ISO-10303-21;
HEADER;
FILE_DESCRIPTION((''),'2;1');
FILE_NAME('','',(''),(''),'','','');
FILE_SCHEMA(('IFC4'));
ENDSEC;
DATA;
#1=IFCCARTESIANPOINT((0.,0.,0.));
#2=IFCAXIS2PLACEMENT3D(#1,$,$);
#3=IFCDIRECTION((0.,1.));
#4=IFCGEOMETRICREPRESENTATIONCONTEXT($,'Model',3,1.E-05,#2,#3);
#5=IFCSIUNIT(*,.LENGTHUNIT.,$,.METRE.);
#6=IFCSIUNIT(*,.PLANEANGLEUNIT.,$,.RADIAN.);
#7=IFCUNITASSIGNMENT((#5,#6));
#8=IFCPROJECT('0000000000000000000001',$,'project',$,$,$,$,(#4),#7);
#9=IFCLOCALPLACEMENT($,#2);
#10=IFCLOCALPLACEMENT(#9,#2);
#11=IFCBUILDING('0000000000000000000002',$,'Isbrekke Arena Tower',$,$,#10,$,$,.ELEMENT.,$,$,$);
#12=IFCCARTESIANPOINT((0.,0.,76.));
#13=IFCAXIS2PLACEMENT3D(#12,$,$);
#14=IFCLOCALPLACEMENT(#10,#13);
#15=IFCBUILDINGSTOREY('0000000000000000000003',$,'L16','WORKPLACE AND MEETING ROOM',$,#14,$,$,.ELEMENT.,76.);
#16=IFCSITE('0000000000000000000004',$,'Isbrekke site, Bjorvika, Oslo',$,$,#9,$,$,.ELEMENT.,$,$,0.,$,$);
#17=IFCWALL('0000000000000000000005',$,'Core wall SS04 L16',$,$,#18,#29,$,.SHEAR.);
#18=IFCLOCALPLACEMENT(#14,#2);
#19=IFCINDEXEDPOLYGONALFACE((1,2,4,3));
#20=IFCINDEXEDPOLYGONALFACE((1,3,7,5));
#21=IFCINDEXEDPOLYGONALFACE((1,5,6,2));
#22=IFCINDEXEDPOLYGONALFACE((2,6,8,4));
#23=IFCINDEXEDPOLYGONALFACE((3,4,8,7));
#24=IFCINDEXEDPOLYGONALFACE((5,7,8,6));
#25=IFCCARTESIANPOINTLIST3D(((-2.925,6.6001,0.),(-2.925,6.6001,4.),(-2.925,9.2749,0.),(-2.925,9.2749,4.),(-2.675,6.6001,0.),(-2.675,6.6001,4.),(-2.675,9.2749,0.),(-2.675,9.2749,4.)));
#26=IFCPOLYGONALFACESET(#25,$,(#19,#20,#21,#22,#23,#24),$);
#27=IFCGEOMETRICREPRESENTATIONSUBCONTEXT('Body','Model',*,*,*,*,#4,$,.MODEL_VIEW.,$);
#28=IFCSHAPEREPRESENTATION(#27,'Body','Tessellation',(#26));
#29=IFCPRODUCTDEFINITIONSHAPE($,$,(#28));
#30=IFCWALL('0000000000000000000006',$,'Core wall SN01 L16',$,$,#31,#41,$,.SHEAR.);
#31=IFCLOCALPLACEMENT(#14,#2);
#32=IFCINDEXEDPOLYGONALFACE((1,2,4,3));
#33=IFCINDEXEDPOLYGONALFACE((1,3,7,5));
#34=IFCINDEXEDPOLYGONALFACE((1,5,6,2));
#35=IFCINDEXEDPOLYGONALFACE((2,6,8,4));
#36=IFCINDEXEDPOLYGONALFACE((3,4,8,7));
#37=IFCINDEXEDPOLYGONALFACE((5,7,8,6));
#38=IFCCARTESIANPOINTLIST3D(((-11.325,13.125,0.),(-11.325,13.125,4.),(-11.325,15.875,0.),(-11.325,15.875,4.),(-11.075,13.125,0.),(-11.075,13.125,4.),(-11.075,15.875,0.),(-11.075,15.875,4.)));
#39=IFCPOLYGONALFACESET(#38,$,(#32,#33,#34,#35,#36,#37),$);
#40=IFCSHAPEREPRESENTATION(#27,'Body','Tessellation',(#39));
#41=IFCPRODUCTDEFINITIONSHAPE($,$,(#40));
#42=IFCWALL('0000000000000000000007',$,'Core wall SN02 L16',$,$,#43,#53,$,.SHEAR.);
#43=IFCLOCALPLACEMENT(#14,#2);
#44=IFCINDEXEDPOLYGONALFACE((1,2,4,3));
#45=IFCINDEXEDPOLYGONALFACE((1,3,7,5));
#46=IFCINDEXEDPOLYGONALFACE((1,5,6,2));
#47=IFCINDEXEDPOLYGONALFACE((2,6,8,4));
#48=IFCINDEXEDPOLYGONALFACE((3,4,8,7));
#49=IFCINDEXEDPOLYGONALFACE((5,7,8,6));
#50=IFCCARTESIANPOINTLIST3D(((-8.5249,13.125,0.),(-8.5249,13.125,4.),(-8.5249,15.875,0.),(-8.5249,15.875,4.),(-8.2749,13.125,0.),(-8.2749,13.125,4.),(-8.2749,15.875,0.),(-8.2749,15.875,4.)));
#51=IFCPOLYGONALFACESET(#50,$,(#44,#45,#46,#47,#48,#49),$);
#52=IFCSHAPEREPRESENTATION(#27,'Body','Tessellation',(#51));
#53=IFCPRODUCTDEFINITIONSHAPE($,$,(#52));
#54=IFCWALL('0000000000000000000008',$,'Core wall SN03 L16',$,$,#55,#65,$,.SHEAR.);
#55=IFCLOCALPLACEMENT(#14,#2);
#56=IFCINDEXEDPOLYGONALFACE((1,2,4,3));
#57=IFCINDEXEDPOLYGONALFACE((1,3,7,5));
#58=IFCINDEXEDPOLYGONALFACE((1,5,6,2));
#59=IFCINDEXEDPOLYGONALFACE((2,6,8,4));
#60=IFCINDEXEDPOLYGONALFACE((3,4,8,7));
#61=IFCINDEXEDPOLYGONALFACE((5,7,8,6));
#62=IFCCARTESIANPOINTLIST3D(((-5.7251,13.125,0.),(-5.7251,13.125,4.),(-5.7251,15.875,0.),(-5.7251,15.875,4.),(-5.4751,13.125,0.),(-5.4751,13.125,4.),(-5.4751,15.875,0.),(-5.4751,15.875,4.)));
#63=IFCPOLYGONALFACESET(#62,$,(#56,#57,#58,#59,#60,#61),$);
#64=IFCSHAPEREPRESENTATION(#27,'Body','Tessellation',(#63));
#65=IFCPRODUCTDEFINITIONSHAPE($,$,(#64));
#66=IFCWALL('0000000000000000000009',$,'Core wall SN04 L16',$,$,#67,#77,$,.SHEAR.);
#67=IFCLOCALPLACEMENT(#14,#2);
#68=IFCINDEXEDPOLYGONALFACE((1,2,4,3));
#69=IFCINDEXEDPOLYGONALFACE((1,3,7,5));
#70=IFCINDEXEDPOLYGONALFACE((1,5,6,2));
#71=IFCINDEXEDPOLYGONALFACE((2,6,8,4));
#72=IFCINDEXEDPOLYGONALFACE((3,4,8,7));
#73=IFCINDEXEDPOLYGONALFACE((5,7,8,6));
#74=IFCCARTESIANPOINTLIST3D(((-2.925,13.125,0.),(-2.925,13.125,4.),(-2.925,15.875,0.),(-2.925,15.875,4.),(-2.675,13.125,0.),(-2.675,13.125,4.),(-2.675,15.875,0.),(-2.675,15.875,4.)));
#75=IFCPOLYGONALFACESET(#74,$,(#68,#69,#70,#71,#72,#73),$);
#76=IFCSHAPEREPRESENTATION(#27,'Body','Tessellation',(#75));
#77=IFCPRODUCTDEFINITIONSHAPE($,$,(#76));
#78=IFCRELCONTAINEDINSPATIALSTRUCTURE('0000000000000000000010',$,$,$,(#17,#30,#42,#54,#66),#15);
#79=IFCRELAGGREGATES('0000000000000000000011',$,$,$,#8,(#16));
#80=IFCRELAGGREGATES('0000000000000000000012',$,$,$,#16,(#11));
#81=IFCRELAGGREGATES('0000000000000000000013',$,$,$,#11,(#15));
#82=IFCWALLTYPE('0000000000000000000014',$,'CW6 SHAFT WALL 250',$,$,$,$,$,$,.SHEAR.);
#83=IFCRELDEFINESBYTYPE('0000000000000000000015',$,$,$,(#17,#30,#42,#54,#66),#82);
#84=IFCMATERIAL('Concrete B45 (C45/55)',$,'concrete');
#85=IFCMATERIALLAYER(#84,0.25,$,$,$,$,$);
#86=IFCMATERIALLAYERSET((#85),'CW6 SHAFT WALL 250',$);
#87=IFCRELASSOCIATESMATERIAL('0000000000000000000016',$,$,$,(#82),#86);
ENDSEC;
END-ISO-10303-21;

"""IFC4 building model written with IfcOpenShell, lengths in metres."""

from ifc_helpers import new_model, si_unit, direction, frame, frame_2d, origin, place, context, subcontext, project, spatial, rectangle, extrude, material, layer, layer_set, type_object, element, save


model = new_model("IFC4")

# Units and contexts
model_context = context("Model", 3, precision=1e-05, world=origin(), true_north=direction((0.0, 1.0)))
body_context = subcontext(model_context, "Body", "Model", "MODEL_VIEW")
ifc_project = project(units=[si_unit("LENGTHUNIT", "METRE"), si_unit("PLANEANGLEUNIT", "RADIAN")], contexts=[model_context])

# Site, building, storey
site_placement = place(None, origin())
site = spatial("IfcSite", under=ifc_project, at=site_placement, Name="Isbrekke site, Bjorvika, Oslo", CompositionType="ELEMENT", RefElevation=0.0)
building_placement = place(site_placement, origin())
building = spatial("IfcBuilding", under=site, at=building_placement, Name="Isbrekke Arena Tower", CompositionType="ELEMENT")
storey_placement = place(building_placement, frame((0.0, 0.0, 76.0)))
storey = spatial("IfcBuildingStorey", under=building, at=storey_placement, Name="L16", Description="WORKPLACE AND MEETING ROOM", CompositionType="ELEMENT", Elevation=76.0)

# Shared definitions
ifc_material_1 = material(Name="Concrete B45 (C45/55)", Category="concrete")
ifc_layer_1 = layer(ifc_material_1, 0.25)
ifc_layer_set_1 = layer_set([ifc_layer_1], Name="CW6 SHAFT WALL 250")
wall_type_1 = type_object("IfcWallType", Name="CW6 SHAFT WALL 250", PredefinedType="SHEAR", material=ifc_layer_set_1)

# Walls
for number, where, z_axis, x_axis, name in (
    (1, (-2.8, 6.6001, 0.0), (0.0, 0.0, 1.0), (0.0, 1.0, 0.0), "Core wall SS04 L16"),
):
    element("IfcWall", number, at=place(storey_placement, frame(where, z_axis=z_axis, x_axis=x_axis)), inside=storey, type_object=wall_type_1, Name=name, PredefinedType="SHEAR", context=body_context, shape_type="SweptSolid", body=[
        extrude(rectangle(XDim=2.6748, YDim=0.25, at=frame_2d((1.3374, 0.0))), origin(), (0.0, 0.0, 1.0), 4.0),
    ])
for number, where, z_axis, x_axis, name in (
    (2, (-11.2, 13.125, 0.0), (0.0, 0.0, 1.0), (0.0, 1.0, 0.0), "Core wall SN01 L16"),
    (3, (-8.3999, 13.125, 0.0), (0.0, 0.0, 1.0), (0.0, 1.0, 0.0), "Core wall SN02 L16"),
    (4, (-5.6001, 13.125, 0.0), (0.0, 0.0, 1.0), (0.0, 1.0, 0.0), "Core wall SN03 L16"),
    (5, (-2.8, 13.125, 0.0), (0.0, 0.0, 1.0), (0.0, 1.0, 0.0), "Core wall SN04 L16"),
):
    element("IfcWall", number, at=place(storey_placement, frame(where, z_axis=z_axis, x_axis=x_axis)), inside=storey, type_object=wall_type_1, Name=name, PredefinedType="SHEAR", context=body_context, shape_type="SweptSolid", body=[
        extrude(rectangle(XDim=2.75, YDim=0.25, at=frame_2d((1.375, 0.0))), origin(), (0.0, 0.0, 1.0), 4.0),
    ])

save(model, "model.ifc")
